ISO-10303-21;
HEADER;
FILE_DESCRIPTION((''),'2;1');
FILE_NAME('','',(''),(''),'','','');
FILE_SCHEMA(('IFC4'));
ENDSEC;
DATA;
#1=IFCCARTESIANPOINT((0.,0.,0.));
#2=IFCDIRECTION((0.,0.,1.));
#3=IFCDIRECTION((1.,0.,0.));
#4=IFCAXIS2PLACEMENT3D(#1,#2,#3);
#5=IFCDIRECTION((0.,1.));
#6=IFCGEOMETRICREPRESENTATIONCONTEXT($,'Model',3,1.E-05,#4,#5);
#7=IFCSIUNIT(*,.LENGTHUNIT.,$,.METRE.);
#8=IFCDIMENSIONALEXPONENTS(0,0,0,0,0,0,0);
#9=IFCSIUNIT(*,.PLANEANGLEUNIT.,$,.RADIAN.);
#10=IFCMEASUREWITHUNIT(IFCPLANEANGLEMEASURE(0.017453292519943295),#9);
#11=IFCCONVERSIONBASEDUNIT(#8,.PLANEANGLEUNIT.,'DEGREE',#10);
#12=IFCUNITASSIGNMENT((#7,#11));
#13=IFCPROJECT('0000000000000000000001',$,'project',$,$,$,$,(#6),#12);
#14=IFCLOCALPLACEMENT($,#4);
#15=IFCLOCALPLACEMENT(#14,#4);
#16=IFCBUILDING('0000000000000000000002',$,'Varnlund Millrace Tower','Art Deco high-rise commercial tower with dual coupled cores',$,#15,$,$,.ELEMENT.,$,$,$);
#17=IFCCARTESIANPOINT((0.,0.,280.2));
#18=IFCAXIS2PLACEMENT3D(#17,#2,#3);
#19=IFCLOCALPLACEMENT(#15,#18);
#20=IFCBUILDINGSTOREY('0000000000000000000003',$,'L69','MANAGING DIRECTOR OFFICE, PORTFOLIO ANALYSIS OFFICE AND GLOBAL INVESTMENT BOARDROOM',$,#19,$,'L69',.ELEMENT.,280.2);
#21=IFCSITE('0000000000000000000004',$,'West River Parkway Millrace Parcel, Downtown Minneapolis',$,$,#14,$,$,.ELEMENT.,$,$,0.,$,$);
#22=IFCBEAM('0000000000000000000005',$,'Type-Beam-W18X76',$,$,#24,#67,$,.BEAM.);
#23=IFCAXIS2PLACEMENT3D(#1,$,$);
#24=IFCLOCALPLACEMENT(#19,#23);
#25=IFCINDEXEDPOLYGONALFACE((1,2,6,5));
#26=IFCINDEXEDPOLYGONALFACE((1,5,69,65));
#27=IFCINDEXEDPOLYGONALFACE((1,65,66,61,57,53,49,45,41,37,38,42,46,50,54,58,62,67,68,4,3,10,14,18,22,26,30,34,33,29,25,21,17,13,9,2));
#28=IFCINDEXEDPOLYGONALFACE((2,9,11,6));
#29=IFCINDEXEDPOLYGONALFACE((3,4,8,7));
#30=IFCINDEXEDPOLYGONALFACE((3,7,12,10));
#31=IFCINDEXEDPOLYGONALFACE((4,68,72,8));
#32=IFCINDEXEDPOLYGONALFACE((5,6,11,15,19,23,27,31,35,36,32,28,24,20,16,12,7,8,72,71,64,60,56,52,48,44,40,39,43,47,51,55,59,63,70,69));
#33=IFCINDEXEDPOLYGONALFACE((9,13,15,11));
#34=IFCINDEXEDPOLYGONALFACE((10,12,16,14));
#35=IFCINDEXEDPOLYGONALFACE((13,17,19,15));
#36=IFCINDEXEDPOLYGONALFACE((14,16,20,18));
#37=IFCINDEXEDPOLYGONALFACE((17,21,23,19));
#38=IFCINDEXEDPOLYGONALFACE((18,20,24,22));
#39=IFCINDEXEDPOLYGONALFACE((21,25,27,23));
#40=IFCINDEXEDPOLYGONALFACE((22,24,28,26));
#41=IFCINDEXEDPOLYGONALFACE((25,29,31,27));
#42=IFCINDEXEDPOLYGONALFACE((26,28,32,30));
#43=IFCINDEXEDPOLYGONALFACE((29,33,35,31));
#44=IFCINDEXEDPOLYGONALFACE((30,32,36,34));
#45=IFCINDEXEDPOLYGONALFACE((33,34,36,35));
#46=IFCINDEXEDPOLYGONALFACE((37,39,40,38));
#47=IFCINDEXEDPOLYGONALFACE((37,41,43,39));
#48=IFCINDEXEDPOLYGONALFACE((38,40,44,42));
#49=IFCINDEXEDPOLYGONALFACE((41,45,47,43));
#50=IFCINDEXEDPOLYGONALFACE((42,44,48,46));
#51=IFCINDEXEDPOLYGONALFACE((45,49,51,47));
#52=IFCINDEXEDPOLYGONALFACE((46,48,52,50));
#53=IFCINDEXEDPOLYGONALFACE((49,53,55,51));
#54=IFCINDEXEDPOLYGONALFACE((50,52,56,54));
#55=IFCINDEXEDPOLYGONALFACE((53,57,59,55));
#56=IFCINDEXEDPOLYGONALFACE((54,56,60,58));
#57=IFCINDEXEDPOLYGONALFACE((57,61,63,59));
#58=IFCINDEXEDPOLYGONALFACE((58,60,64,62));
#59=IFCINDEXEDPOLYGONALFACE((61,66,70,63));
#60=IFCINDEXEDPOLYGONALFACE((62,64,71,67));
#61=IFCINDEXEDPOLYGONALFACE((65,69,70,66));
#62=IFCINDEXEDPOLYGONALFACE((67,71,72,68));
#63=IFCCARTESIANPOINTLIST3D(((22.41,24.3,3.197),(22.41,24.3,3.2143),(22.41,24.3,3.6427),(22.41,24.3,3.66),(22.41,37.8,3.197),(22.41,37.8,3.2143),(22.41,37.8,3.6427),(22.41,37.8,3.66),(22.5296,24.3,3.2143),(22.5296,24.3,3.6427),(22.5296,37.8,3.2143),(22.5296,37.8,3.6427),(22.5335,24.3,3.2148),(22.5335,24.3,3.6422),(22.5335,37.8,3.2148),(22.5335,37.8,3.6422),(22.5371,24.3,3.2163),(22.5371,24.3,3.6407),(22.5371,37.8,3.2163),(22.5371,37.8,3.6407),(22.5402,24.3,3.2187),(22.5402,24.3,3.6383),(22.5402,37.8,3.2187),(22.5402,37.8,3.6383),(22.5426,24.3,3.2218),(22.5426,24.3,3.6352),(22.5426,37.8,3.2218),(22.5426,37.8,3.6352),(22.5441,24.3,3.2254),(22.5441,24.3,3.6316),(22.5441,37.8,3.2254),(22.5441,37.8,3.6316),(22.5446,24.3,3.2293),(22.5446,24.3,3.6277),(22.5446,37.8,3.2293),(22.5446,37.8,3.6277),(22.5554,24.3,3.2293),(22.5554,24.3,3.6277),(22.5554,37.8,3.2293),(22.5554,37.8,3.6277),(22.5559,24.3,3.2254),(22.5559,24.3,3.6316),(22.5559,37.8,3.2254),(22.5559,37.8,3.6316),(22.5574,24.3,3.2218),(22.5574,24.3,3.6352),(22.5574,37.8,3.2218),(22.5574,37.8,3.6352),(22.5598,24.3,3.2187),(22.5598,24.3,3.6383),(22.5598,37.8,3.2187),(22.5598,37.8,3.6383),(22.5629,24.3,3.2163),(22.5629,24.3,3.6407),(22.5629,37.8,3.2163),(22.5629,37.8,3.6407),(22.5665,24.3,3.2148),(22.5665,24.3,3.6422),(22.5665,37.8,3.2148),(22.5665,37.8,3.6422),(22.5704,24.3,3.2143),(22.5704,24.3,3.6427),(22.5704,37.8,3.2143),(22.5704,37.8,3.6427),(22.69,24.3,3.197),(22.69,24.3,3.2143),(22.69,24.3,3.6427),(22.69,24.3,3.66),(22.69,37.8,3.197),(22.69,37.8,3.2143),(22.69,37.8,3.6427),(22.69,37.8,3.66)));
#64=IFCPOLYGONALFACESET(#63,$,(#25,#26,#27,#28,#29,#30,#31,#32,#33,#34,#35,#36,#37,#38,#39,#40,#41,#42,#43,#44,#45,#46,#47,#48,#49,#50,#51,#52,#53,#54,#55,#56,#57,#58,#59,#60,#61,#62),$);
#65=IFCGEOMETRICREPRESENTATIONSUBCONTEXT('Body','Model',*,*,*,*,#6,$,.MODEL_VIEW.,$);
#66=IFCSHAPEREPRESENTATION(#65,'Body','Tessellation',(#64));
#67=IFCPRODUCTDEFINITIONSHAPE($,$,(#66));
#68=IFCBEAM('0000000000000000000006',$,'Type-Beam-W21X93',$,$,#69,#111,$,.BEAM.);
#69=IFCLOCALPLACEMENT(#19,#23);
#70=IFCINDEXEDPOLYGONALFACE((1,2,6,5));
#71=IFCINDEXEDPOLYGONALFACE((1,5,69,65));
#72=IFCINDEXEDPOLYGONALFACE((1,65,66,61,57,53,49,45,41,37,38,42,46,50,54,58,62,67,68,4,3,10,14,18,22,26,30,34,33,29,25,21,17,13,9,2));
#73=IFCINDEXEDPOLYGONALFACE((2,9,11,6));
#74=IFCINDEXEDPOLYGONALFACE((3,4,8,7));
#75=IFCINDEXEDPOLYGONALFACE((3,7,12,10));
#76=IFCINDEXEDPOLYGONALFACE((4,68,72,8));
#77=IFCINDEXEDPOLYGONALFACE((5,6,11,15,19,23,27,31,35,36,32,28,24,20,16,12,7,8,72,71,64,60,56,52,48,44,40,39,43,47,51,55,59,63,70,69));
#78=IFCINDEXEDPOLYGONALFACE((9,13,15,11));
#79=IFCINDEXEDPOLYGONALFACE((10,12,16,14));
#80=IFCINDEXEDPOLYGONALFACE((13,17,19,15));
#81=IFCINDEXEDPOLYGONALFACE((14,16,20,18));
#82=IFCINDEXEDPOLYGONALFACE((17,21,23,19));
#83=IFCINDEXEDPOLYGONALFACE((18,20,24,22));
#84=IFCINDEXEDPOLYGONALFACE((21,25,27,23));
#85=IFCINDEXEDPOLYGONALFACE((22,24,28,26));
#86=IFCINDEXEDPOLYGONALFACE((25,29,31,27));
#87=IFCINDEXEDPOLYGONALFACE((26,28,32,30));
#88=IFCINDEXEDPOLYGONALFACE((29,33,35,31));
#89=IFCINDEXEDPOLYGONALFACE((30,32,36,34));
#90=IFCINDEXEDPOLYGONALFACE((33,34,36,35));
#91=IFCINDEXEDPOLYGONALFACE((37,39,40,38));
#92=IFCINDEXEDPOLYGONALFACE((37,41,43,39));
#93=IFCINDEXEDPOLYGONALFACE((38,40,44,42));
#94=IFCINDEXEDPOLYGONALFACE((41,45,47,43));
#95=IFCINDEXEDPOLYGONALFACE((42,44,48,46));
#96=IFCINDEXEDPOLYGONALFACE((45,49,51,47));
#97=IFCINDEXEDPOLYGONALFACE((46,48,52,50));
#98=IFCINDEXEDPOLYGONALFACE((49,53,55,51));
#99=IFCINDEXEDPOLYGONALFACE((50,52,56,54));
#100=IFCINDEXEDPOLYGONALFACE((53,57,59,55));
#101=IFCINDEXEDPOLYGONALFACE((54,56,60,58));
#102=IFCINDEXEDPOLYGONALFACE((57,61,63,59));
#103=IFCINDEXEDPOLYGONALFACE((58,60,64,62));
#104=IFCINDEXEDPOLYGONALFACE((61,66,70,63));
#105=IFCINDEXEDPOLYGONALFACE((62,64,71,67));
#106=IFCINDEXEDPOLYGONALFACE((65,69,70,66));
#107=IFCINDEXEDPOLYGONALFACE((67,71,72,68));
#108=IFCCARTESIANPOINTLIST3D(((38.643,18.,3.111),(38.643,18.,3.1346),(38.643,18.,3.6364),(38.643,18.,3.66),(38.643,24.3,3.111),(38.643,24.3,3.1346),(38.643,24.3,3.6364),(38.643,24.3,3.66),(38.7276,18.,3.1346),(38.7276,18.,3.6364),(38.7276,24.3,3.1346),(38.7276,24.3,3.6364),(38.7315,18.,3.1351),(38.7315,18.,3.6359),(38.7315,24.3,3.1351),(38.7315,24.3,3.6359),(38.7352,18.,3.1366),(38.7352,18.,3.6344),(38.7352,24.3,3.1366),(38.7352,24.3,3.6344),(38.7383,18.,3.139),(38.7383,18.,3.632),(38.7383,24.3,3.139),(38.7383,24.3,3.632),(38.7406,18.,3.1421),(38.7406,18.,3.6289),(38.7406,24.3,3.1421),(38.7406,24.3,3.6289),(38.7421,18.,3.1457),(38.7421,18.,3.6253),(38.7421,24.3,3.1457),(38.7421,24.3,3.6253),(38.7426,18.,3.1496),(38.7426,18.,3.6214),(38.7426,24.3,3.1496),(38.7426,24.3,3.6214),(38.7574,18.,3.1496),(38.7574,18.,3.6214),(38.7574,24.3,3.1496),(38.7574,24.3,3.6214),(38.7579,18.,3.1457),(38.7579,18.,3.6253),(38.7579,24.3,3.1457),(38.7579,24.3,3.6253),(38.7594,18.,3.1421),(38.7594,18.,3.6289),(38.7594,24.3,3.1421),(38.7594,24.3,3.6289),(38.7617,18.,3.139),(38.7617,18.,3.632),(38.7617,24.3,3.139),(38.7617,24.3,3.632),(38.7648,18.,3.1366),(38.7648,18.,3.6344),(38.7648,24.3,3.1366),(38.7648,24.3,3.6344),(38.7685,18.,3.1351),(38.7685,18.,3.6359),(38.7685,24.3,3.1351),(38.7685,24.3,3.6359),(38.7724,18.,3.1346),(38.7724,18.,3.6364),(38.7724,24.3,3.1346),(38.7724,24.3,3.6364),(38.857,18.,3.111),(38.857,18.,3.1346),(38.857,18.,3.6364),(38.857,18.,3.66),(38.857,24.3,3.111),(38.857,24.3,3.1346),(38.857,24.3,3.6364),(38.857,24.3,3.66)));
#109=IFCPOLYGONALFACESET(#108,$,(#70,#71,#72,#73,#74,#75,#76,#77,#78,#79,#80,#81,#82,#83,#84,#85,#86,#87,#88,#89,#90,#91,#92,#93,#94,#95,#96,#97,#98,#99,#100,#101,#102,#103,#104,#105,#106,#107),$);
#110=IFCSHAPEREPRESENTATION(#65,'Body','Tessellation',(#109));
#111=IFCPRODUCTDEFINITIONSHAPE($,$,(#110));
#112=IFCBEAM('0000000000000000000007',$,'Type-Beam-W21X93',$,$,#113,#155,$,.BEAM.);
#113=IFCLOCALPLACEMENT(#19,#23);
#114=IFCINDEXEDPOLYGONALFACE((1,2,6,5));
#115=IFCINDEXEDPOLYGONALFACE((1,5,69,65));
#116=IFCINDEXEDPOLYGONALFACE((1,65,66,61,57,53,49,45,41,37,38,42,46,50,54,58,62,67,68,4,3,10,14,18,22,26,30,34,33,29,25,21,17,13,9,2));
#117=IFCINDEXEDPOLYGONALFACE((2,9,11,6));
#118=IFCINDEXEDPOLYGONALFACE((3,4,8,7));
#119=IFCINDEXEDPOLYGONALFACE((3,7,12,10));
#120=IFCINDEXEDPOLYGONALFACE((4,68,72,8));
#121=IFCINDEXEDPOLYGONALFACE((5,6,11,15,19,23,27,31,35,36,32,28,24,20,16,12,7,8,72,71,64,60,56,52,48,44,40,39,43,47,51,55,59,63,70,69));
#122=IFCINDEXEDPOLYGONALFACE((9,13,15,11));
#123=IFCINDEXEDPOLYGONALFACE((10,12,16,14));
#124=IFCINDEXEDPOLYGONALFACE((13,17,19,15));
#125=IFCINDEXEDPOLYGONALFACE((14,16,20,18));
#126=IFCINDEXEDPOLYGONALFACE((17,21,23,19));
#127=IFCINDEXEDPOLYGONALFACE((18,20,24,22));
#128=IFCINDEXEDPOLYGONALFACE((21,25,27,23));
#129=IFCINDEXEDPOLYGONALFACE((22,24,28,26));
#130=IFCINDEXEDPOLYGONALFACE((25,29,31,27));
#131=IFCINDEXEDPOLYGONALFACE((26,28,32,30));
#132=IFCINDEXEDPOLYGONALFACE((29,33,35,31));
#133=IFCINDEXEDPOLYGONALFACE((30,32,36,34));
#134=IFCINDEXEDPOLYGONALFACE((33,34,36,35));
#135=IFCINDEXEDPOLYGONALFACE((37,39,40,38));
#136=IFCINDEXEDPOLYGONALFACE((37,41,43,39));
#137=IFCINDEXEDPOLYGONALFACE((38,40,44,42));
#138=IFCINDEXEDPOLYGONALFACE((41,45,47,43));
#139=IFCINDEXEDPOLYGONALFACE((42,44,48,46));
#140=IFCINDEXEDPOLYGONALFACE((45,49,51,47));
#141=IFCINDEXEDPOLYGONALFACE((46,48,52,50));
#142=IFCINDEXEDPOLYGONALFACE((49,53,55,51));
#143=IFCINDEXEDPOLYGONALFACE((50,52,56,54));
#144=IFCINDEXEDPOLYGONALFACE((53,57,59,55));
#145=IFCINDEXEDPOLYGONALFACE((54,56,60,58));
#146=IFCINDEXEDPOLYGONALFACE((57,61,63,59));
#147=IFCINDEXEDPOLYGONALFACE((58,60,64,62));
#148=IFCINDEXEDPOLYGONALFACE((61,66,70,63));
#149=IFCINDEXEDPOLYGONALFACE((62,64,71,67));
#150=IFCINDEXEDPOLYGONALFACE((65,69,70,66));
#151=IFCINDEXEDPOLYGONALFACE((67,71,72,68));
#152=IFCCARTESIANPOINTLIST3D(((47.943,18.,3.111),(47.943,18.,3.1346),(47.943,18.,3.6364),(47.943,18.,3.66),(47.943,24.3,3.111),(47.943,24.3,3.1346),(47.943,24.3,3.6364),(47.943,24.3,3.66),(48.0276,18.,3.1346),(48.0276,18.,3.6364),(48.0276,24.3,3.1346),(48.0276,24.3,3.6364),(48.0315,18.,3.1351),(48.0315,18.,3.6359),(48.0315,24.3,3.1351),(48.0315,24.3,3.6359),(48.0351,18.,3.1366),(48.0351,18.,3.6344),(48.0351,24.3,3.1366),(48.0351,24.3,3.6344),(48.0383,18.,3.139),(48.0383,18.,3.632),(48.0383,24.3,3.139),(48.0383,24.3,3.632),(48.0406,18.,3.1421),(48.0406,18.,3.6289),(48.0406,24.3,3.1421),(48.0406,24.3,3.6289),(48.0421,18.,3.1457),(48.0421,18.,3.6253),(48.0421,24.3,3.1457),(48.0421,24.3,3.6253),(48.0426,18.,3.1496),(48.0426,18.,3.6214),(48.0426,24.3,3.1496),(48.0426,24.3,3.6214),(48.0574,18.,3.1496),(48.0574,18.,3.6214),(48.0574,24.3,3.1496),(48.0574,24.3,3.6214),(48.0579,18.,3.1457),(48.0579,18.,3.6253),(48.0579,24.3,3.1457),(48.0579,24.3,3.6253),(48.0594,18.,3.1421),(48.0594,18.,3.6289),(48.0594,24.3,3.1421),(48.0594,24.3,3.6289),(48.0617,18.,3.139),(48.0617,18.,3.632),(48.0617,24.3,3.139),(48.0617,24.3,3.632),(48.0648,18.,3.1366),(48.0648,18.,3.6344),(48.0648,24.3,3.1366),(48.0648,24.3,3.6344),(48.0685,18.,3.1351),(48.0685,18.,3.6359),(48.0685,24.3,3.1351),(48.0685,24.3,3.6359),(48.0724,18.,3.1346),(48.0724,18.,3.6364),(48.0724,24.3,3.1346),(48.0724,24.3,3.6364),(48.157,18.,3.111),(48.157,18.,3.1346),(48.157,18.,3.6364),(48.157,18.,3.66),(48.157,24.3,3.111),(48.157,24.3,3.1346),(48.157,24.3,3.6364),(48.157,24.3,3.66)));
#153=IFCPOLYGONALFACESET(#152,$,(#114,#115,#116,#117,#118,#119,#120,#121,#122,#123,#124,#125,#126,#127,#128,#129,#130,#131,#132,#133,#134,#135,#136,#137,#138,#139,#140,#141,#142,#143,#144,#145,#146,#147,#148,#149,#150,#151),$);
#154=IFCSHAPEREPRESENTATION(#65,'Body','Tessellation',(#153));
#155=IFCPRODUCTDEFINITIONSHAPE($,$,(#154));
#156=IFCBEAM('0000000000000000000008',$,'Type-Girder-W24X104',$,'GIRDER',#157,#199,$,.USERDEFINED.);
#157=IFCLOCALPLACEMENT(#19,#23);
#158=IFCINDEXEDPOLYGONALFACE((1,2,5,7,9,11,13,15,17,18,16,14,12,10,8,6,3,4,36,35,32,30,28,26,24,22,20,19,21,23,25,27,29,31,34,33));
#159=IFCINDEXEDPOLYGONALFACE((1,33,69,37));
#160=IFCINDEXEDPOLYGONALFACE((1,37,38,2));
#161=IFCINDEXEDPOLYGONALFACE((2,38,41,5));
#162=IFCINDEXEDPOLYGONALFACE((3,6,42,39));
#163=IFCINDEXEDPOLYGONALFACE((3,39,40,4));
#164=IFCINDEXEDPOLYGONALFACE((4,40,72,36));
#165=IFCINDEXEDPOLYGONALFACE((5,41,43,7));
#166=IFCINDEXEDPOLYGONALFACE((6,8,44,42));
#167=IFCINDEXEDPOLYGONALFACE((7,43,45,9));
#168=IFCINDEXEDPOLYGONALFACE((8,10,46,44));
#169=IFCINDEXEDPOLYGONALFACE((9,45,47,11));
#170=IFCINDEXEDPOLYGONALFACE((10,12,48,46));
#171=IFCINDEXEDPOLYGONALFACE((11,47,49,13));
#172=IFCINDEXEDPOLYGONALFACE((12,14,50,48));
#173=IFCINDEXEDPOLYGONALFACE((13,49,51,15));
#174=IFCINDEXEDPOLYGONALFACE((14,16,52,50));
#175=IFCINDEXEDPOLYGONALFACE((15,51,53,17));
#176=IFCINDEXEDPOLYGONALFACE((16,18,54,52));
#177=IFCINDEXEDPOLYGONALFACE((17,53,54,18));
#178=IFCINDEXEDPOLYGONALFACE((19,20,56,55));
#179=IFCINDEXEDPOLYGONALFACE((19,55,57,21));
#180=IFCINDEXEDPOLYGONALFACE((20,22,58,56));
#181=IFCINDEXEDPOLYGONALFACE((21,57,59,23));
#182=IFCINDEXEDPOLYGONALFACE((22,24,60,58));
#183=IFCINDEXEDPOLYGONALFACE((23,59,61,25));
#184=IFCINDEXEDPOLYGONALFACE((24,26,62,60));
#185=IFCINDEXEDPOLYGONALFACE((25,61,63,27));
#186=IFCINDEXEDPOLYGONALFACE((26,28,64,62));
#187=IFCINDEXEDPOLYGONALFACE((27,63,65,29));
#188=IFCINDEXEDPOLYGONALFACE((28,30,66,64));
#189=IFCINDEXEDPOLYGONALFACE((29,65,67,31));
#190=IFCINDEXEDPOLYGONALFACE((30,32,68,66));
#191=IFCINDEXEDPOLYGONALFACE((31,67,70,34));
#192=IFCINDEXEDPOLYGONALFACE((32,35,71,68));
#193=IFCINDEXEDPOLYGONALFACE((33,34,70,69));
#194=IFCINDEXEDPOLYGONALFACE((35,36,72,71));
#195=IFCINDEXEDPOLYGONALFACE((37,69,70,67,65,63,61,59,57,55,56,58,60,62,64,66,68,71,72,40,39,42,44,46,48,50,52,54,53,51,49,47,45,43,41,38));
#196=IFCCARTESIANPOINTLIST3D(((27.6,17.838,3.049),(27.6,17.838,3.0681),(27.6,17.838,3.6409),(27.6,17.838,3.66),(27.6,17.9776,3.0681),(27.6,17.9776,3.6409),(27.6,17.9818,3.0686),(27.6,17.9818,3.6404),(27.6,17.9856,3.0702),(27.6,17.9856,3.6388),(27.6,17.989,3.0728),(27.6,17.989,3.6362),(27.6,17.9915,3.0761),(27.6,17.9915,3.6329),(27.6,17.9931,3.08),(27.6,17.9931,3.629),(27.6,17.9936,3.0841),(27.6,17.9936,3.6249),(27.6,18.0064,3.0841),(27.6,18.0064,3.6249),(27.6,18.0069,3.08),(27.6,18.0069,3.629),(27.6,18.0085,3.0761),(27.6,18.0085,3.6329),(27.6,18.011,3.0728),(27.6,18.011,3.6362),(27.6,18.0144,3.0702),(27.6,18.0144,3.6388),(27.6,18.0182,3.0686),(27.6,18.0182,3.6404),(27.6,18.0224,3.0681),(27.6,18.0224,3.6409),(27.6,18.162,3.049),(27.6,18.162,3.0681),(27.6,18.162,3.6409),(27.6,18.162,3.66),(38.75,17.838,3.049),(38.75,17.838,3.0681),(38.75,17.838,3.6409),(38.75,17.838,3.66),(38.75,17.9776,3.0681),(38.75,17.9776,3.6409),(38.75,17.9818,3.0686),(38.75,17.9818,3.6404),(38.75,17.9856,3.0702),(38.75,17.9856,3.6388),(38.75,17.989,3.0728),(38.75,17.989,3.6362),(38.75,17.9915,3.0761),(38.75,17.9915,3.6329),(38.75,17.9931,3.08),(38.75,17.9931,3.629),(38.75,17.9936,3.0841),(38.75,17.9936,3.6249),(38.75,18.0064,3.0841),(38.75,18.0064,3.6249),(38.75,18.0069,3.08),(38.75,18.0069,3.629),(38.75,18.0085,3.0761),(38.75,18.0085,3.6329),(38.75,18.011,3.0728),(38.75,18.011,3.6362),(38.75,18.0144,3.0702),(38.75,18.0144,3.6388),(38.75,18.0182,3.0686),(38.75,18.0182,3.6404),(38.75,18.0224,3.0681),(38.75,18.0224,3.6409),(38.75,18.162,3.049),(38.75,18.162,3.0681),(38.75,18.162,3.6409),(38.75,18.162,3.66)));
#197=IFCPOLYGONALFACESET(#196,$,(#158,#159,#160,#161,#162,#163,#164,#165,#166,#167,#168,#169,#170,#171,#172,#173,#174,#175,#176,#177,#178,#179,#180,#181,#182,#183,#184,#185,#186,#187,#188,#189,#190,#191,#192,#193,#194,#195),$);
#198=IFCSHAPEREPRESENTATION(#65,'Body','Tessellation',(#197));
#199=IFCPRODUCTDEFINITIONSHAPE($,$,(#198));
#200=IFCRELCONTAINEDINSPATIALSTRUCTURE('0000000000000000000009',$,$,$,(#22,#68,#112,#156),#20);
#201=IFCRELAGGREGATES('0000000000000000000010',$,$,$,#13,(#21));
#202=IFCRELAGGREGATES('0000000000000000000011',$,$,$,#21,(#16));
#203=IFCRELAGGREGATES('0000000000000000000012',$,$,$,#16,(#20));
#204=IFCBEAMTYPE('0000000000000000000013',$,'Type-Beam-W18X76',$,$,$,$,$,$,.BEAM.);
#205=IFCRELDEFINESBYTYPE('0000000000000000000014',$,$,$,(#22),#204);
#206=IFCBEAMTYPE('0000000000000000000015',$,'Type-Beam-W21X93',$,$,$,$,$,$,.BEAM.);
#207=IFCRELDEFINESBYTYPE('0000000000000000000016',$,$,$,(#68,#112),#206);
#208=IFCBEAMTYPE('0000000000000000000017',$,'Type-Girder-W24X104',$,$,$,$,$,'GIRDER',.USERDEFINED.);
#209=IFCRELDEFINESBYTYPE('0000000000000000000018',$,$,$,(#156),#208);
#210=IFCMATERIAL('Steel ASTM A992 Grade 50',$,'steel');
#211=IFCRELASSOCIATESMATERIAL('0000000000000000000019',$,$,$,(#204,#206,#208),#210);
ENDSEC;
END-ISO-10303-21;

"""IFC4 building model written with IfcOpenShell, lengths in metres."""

from ifc_helpers import new_model, entity, si_unit, converted_unit, direction, frame, origin_with_axes, origin_2d_with_axis, place, context, subcontext, project, spatial, i_section, extrude, material, material_profile, profile_set, type_object, element, save


model = new_model("IFC4")

# Units and contexts
model_context = context("Model", 3, precision=1e-05, world=origin_with_axes(), true_north=direction((0.0, 1.0)))
body_context = subcontext(model_context, "Body", "Model", "MODEL_VIEW")
ifc_project = project(units=[si_unit("LENGTHUNIT", "METRE"), converted_unit("PLANEANGLEUNIT", "DEGREE", entity("IfcPlaneAngleMeasure", 0.017453292519943295), si_unit("PLANEANGLEUNIT", "RADIAN"), dimensions=[0, 0, 0, 0, 0, 0, 0])], contexts=[model_context])

# Site, building, storey
site_placement = place(None, origin_with_axes())
site = spatial("IfcSite", under=ifc_project, at=site_placement, Name="West River Parkway Millrace Parcel, Downtown Minneapolis", CompositionType="ELEMENT", RefElevation=0.0)
building_placement = place(site_placement, origin_with_axes())
building = spatial("IfcBuilding", under=site, at=building_placement, Name="Varnlund Millrace Tower", Description="Art Deco high-rise commercial tower with dual coupled cores", CompositionType="ELEMENT")
storey_placement = place(building_placement, frame((0.0, 0.0, 280.2), z_axis=(0.0, 0.0, 1.0), x_axis=(1.0, 0.0, 0.0)))
storey = spatial("IfcBuildingStorey", under=building, at=storey_placement, Name="L69", Description="MANAGING DIRECTOR OFFICE, PORTFOLIO ANALYSIS OFFICE AND GLOBAL INVESTMENT BOARDROOM", LongName="L69", CompositionType="ELEMENT", Elevation=280.2)

# Beams
ifc_material_1 = material(Name="Steel ASTM A992 Grade 50", Category="steel")
ifc_material_profile_1 = material_profile(ifc_material_1, i_section(OverallWidth=0.28, OverallDepth=0.463, WebThickness=0.0108, FlangeThickness=0.0173, FilletRadius=0.015, at=origin_2d_with_axis()), Name="Steel ASTM A992 Grade 50")
ifc_profile_set_1 = profile_set([ifc_material_profile_1], Name="Steel ASTM A992 Grade 50")
beam_type_1 = type_object("IfcBeamType", Name="Type-Beam-W18X76", PredefinedType="BEAM", material=ifc_profile_set_1)
beam_1_placement = place(storey_placement, frame((22.55, 24.3, 3.4285), z_axis=(0.0, 1.0, 0.0), x_axis=(-1.0, 0.0, 0.0)))
element("IfcBeam", 1, at=beam_1_placement, inside=storey, type_object=beam_type_1, Name="Type-Beam-W18X76", PredefinedType="BEAM", context=body_context, shape_type="SweptSolid", body=[
    extrude(i_section(OverallWidth=0.28, OverallDepth=0.463, WebThickness=0.0108, FlangeThickness=0.0173, FilletRadius=0.015, at=origin_2d_with_axis()), origin_with_axes(), (0.0, 0.0, 1.0), 13.5),
])
ifc_material_profile_2 = material_profile(ifc_material_1, i_section(OverallWidth=0.214, OverallDepth=0.549, WebThickness=0.0147, FlangeThickness=0.0236, FilletRadius=0.015, at=origin_2d_with_axis()), Name="Steel ASTM A992 Grade 50")
ifc_profile_set_2 = profile_set([ifc_material_profile_2], Name="Steel ASTM A992 Grade 50")
beam_type_2 = type_object("IfcBeamType", Name="Type-Beam-W21X93", PredefinedType="BEAM", material=ifc_profile_set_2)
for number, where, z_axis, x_axis, name in (
    (2, (38.75, 18.0, 3.3855), (0.0, 1.0, 0.0), (-1.0, 0.0, 0.0), "Type-Beam-W21X93"),
    (3, (48.05, 18.0, 3.3855), (0.0, 1.0, 0.0), (-1.0, 0.0, 0.0), "Type-Beam-W21X93"),
):
    element("IfcBeam", number, at=place(storey_placement, frame(where, z_axis=z_axis, x_axis=x_axis)), inside=storey, type_object=beam_type_2, Name=name, PredefinedType="BEAM", context=body_context, shape_type="SweptSolid", body=[
        extrude(i_section(OverallWidth=0.214, OverallDepth=0.549, WebThickness=0.0147, FlangeThickness=0.0236, FilletRadius=0.015, at=origin_2d_with_axis()), origin_with_axes(), (0.0, 0.0, 1.0), 6.3),
    ])
ifc_material_profile_3 = material_profile(ifc_material_1, i_section(OverallWidth=0.324, OverallDepth=0.611, WebThickness=0.0127, FlangeThickness=0.0191, FilletRadius=0.016, at=origin_2d_with_axis()), Name="Steel ASTM A992 Grade 50")
ifc_profile_set_3 = profile_set([ifc_material_profile_3], Name="Steel ASTM A992 Grade 50")
beam_type_3 = type_object("IfcBeamType", Name="Type-Girder-W24X104", ElementType="GIRDER", PredefinedType="USERDEFINED", material=ifc_profile_set_3)
beam_2_placement = place(storey_placement, frame((27.6, 18.0, 3.3545), z_axis=(1.0, 0.0, 0.0), x_axis=(0.0, 1.0, 0.0)))
element("IfcBeam", 4, at=beam_2_placement, inside=storey, type_object=beam_type_3, Name="Type-Girder-W24X104", ObjectType="GIRDER", PredefinedType="USERDEFINED", context=body_context, shape_type="SweptSolid", body=[
    extrude(i_section(OverallWidth=0.324, OverallDepth=0.611, WebThickness=0.0127, FlangeThickness=0.0191, FilletRadius=0.016, at=origin_2d_with_axis()), origin_with_axes(), (0.0, 0.0, 1.0), 11.15),
])

save(model, "model.ifc")
